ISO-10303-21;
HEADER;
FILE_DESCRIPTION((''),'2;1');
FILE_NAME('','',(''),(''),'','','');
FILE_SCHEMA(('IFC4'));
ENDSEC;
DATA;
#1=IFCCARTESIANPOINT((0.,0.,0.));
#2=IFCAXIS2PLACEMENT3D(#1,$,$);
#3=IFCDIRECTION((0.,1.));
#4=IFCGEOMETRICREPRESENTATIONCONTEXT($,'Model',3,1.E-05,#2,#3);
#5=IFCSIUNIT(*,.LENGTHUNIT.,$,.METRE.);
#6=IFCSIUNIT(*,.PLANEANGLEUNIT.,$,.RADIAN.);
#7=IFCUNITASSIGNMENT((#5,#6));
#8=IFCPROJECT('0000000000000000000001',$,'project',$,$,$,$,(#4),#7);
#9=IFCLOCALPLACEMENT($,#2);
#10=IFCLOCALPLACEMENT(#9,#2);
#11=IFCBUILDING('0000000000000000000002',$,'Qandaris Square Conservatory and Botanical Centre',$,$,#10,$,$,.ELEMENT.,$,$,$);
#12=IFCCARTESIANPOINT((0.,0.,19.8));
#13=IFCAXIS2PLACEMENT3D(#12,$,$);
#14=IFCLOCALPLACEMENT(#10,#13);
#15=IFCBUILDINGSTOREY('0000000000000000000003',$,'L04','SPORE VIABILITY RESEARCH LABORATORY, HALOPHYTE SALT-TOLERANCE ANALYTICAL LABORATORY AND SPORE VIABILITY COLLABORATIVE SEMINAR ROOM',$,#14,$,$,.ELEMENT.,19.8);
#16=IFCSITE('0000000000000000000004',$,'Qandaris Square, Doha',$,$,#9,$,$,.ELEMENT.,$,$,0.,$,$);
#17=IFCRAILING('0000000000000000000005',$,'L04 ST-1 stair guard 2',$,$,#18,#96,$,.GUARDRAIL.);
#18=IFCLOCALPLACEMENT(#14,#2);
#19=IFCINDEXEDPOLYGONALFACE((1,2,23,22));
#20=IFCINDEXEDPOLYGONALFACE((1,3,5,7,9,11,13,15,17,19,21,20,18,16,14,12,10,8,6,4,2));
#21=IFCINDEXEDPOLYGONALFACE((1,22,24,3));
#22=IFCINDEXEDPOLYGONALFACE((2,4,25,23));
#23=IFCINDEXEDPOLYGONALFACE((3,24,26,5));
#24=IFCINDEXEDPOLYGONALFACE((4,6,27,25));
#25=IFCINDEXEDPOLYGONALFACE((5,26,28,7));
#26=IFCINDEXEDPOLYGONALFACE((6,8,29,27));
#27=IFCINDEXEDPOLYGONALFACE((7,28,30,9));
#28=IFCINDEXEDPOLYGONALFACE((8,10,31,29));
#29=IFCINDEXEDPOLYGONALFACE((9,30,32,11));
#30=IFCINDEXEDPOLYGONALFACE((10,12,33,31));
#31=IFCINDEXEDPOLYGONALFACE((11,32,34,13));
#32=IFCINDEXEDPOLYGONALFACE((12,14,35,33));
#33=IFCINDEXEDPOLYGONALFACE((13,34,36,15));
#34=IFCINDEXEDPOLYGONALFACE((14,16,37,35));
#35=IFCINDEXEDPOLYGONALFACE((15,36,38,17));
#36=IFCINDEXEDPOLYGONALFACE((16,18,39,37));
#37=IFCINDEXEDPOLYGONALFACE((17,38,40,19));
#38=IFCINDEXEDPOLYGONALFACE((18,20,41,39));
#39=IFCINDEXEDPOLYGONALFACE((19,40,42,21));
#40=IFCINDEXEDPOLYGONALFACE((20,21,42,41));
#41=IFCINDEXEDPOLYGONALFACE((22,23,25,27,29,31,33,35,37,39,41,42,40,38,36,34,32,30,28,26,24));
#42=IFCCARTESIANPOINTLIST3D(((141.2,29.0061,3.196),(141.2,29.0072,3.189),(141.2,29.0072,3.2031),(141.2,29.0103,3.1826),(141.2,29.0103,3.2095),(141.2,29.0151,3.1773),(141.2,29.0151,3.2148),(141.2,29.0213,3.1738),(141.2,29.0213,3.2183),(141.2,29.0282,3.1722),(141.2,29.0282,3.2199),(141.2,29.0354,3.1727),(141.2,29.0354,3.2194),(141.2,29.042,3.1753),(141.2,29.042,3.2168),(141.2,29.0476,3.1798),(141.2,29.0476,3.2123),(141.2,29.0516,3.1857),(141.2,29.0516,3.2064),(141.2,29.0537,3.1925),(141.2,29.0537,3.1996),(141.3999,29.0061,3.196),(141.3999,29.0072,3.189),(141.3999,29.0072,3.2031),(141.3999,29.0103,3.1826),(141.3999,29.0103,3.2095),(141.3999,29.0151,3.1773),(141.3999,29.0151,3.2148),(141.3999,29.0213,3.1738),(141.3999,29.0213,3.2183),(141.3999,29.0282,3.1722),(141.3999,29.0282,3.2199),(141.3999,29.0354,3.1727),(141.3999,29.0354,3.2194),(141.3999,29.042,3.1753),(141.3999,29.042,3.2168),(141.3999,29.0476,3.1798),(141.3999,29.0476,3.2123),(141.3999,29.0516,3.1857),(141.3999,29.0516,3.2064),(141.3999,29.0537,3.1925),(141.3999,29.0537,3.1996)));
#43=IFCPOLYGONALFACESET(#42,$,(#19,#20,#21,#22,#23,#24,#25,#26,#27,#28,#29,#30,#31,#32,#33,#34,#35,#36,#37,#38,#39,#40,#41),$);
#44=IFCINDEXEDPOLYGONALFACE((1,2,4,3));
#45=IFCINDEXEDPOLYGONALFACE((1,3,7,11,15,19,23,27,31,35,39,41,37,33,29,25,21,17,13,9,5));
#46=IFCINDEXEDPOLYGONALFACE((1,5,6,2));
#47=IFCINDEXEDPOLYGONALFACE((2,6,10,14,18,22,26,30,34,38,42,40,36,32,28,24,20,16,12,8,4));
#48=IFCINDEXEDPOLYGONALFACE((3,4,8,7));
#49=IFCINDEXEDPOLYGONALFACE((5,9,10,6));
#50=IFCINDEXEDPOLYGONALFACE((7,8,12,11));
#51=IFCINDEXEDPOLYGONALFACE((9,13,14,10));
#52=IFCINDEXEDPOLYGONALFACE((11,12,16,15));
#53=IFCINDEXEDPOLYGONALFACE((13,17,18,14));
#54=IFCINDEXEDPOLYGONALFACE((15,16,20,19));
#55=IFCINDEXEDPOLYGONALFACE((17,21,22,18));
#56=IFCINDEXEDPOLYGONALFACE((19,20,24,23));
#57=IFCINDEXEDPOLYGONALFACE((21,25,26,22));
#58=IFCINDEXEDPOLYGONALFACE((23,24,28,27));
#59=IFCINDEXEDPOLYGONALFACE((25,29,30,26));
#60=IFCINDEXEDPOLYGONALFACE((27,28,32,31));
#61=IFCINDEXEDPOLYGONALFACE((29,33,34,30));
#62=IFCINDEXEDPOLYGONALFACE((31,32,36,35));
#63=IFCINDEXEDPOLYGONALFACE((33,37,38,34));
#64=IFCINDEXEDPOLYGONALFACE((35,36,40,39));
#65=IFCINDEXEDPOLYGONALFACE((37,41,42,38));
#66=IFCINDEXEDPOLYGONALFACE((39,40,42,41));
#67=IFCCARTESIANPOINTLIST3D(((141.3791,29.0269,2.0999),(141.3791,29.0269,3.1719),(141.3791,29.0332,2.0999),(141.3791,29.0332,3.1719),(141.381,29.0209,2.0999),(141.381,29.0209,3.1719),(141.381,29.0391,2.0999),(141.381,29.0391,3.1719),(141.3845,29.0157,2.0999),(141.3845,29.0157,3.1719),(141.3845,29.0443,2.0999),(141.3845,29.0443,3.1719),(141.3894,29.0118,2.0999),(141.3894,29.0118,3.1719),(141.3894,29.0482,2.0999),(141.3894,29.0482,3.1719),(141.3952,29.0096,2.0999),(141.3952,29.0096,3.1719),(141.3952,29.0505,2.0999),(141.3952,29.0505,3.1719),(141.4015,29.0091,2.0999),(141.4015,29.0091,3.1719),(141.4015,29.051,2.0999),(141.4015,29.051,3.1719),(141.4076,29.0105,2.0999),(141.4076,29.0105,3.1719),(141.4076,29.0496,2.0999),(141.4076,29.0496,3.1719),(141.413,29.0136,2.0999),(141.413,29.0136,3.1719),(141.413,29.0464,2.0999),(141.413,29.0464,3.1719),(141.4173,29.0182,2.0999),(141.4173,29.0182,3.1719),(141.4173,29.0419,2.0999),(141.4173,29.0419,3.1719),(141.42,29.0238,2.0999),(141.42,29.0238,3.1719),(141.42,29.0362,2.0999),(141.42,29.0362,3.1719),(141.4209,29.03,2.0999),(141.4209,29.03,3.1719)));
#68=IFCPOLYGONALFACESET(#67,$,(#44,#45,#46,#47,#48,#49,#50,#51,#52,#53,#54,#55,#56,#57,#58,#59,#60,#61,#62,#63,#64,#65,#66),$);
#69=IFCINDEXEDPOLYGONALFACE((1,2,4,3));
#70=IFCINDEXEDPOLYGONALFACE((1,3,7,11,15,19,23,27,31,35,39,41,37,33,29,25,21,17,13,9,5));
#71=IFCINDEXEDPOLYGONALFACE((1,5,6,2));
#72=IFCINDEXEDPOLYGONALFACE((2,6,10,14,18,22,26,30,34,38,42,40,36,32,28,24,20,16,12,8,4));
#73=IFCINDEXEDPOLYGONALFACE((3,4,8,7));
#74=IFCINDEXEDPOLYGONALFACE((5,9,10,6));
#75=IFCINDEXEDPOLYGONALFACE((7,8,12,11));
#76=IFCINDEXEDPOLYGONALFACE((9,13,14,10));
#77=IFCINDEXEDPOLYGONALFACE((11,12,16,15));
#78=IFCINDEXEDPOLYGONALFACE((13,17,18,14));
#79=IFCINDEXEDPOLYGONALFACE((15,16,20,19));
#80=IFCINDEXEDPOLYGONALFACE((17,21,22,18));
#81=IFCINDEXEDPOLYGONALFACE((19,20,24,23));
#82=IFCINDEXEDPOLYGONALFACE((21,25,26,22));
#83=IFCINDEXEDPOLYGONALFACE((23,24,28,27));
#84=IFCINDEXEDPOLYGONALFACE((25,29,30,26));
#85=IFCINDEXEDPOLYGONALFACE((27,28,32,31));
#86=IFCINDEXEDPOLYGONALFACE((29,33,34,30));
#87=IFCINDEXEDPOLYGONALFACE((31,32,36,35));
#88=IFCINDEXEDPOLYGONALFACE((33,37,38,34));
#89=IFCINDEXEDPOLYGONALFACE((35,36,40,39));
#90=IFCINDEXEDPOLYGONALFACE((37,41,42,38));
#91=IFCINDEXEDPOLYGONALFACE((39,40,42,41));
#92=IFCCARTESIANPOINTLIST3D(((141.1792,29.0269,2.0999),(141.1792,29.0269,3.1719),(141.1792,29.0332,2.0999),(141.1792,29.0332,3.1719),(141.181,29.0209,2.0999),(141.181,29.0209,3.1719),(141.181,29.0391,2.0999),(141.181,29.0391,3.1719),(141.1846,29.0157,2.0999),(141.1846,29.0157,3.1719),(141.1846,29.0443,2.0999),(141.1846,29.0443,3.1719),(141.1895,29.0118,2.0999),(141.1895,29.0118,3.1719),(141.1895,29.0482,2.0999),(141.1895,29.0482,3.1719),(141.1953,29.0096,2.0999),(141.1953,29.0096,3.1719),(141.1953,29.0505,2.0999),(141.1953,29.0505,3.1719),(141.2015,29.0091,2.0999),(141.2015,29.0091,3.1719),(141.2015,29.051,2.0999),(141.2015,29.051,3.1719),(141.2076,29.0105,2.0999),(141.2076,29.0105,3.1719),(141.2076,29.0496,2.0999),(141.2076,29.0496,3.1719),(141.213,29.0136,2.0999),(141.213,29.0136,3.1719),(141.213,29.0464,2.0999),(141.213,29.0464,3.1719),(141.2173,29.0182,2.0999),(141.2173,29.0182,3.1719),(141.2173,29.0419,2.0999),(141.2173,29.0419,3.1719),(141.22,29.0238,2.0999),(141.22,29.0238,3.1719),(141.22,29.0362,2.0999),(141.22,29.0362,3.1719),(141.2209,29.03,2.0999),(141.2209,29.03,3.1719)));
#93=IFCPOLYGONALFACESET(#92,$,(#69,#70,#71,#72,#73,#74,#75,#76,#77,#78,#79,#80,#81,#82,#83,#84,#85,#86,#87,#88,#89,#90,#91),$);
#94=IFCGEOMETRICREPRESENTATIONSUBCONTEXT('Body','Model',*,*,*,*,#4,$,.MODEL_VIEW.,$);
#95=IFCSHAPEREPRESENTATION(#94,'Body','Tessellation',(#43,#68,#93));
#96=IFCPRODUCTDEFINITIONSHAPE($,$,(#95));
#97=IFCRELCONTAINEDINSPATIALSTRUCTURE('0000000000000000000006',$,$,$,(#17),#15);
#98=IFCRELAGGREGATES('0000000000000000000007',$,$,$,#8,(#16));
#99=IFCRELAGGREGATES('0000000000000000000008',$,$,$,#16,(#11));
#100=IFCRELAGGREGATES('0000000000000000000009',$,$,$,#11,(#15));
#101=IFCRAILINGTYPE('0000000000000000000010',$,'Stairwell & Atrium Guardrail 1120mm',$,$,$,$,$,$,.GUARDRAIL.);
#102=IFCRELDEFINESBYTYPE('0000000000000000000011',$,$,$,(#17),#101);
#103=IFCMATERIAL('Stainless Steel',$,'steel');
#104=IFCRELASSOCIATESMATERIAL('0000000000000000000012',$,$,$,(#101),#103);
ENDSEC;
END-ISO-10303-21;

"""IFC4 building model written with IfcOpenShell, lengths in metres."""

from ifc_helpers import new_model, si_unit, direction, frame, origin, origin_2d, place, context, subcontext, project, spatial, circle, extrude, material, type_object, element, save


model = new_model("IFC4")

# Units and contexts
model_context = context("Model", 3, precision=1e-05, world=origin(), true_north=direction((0.0, 1.0)))
body_context = subcontext(model_context, "Body", "Model", "MODEL_VIEW")
ifc_project = project(units=[si_unit("LENGTHUNIT", "METRE"), si_unit("PLANEANGLEUNIT", "RADIAN")], contexts=[model_context])

# Site, building, storey
site_placement = place(None, origin())
site = spatial("IfcSite", under=ifc_project, at=site_placement, Name="Qandaris Square, Doha", CompositionType="ELEMENT", RefElevation=0.0)
building_placement = place(site_placement, origin())
building = spatial("IfcBuilding", under=site, at=building_placement, Name="Qandaris Square Conservatory and Botanical Centre", CompositionType="ELEMENT")
storey_placement = place(building_placement, frame((0.0, 0.0, 19.8)))
storey = spatial("IfcBuildingStorey", under=building, at=storey_placement, Name="L04", Description="SPORE VIABILITY RESEARCH LABORATORY, HALOPHYTE SALT-TOLERANCE ANALYTICAL LABORATORY AND SPORE VIABILITY COLLABORATIVE SEMINAR ROOM", CompositionType="ELEMENT", Elevation=19.8)

# Railing
ifc_material_1 = material(Name="Stainless Steel", Category="steel")
railing_type_1 = type_object("IfcRailingType", Name="Stairwell & Atrium Guardrail 1120mm", PredefinedType="GUARDRAIL", material=ifc_material_1)
railing_1_placement = place(storey_placement, frame((141.3999, 29.03, 2.0999)))
element("IfcRailing", 1, at=railing_1_placement, inside=storey, type_object=railing_type_1, Name="L04 ST-1 stair guard 2", PredefinedType="GUARDRAIL", context=body_context, shape_type="SweptSolid", body=[
    extrude(circle(Radius=0.0239, at=origin_2d()), frame((0.0, 0.0, 1.0962), z_axis=(-1.0, 0.0, 0.0), x_axis=(0.0, -1.0, 0.0)), (0.0, 0.0, 1.0), 0.2),
    extrude(circle(Radius=0.021, at=origin_2d()), origin(), (0.0, 0.0, 1.0), 1.072),
    extrude(circle(Radius=0.021, at=origin_2d()), frame((-0.2, 0.0, 0.0)), (0.0, 0.0, 1.0), 1.072),
])

save(model, "model.ifc")
